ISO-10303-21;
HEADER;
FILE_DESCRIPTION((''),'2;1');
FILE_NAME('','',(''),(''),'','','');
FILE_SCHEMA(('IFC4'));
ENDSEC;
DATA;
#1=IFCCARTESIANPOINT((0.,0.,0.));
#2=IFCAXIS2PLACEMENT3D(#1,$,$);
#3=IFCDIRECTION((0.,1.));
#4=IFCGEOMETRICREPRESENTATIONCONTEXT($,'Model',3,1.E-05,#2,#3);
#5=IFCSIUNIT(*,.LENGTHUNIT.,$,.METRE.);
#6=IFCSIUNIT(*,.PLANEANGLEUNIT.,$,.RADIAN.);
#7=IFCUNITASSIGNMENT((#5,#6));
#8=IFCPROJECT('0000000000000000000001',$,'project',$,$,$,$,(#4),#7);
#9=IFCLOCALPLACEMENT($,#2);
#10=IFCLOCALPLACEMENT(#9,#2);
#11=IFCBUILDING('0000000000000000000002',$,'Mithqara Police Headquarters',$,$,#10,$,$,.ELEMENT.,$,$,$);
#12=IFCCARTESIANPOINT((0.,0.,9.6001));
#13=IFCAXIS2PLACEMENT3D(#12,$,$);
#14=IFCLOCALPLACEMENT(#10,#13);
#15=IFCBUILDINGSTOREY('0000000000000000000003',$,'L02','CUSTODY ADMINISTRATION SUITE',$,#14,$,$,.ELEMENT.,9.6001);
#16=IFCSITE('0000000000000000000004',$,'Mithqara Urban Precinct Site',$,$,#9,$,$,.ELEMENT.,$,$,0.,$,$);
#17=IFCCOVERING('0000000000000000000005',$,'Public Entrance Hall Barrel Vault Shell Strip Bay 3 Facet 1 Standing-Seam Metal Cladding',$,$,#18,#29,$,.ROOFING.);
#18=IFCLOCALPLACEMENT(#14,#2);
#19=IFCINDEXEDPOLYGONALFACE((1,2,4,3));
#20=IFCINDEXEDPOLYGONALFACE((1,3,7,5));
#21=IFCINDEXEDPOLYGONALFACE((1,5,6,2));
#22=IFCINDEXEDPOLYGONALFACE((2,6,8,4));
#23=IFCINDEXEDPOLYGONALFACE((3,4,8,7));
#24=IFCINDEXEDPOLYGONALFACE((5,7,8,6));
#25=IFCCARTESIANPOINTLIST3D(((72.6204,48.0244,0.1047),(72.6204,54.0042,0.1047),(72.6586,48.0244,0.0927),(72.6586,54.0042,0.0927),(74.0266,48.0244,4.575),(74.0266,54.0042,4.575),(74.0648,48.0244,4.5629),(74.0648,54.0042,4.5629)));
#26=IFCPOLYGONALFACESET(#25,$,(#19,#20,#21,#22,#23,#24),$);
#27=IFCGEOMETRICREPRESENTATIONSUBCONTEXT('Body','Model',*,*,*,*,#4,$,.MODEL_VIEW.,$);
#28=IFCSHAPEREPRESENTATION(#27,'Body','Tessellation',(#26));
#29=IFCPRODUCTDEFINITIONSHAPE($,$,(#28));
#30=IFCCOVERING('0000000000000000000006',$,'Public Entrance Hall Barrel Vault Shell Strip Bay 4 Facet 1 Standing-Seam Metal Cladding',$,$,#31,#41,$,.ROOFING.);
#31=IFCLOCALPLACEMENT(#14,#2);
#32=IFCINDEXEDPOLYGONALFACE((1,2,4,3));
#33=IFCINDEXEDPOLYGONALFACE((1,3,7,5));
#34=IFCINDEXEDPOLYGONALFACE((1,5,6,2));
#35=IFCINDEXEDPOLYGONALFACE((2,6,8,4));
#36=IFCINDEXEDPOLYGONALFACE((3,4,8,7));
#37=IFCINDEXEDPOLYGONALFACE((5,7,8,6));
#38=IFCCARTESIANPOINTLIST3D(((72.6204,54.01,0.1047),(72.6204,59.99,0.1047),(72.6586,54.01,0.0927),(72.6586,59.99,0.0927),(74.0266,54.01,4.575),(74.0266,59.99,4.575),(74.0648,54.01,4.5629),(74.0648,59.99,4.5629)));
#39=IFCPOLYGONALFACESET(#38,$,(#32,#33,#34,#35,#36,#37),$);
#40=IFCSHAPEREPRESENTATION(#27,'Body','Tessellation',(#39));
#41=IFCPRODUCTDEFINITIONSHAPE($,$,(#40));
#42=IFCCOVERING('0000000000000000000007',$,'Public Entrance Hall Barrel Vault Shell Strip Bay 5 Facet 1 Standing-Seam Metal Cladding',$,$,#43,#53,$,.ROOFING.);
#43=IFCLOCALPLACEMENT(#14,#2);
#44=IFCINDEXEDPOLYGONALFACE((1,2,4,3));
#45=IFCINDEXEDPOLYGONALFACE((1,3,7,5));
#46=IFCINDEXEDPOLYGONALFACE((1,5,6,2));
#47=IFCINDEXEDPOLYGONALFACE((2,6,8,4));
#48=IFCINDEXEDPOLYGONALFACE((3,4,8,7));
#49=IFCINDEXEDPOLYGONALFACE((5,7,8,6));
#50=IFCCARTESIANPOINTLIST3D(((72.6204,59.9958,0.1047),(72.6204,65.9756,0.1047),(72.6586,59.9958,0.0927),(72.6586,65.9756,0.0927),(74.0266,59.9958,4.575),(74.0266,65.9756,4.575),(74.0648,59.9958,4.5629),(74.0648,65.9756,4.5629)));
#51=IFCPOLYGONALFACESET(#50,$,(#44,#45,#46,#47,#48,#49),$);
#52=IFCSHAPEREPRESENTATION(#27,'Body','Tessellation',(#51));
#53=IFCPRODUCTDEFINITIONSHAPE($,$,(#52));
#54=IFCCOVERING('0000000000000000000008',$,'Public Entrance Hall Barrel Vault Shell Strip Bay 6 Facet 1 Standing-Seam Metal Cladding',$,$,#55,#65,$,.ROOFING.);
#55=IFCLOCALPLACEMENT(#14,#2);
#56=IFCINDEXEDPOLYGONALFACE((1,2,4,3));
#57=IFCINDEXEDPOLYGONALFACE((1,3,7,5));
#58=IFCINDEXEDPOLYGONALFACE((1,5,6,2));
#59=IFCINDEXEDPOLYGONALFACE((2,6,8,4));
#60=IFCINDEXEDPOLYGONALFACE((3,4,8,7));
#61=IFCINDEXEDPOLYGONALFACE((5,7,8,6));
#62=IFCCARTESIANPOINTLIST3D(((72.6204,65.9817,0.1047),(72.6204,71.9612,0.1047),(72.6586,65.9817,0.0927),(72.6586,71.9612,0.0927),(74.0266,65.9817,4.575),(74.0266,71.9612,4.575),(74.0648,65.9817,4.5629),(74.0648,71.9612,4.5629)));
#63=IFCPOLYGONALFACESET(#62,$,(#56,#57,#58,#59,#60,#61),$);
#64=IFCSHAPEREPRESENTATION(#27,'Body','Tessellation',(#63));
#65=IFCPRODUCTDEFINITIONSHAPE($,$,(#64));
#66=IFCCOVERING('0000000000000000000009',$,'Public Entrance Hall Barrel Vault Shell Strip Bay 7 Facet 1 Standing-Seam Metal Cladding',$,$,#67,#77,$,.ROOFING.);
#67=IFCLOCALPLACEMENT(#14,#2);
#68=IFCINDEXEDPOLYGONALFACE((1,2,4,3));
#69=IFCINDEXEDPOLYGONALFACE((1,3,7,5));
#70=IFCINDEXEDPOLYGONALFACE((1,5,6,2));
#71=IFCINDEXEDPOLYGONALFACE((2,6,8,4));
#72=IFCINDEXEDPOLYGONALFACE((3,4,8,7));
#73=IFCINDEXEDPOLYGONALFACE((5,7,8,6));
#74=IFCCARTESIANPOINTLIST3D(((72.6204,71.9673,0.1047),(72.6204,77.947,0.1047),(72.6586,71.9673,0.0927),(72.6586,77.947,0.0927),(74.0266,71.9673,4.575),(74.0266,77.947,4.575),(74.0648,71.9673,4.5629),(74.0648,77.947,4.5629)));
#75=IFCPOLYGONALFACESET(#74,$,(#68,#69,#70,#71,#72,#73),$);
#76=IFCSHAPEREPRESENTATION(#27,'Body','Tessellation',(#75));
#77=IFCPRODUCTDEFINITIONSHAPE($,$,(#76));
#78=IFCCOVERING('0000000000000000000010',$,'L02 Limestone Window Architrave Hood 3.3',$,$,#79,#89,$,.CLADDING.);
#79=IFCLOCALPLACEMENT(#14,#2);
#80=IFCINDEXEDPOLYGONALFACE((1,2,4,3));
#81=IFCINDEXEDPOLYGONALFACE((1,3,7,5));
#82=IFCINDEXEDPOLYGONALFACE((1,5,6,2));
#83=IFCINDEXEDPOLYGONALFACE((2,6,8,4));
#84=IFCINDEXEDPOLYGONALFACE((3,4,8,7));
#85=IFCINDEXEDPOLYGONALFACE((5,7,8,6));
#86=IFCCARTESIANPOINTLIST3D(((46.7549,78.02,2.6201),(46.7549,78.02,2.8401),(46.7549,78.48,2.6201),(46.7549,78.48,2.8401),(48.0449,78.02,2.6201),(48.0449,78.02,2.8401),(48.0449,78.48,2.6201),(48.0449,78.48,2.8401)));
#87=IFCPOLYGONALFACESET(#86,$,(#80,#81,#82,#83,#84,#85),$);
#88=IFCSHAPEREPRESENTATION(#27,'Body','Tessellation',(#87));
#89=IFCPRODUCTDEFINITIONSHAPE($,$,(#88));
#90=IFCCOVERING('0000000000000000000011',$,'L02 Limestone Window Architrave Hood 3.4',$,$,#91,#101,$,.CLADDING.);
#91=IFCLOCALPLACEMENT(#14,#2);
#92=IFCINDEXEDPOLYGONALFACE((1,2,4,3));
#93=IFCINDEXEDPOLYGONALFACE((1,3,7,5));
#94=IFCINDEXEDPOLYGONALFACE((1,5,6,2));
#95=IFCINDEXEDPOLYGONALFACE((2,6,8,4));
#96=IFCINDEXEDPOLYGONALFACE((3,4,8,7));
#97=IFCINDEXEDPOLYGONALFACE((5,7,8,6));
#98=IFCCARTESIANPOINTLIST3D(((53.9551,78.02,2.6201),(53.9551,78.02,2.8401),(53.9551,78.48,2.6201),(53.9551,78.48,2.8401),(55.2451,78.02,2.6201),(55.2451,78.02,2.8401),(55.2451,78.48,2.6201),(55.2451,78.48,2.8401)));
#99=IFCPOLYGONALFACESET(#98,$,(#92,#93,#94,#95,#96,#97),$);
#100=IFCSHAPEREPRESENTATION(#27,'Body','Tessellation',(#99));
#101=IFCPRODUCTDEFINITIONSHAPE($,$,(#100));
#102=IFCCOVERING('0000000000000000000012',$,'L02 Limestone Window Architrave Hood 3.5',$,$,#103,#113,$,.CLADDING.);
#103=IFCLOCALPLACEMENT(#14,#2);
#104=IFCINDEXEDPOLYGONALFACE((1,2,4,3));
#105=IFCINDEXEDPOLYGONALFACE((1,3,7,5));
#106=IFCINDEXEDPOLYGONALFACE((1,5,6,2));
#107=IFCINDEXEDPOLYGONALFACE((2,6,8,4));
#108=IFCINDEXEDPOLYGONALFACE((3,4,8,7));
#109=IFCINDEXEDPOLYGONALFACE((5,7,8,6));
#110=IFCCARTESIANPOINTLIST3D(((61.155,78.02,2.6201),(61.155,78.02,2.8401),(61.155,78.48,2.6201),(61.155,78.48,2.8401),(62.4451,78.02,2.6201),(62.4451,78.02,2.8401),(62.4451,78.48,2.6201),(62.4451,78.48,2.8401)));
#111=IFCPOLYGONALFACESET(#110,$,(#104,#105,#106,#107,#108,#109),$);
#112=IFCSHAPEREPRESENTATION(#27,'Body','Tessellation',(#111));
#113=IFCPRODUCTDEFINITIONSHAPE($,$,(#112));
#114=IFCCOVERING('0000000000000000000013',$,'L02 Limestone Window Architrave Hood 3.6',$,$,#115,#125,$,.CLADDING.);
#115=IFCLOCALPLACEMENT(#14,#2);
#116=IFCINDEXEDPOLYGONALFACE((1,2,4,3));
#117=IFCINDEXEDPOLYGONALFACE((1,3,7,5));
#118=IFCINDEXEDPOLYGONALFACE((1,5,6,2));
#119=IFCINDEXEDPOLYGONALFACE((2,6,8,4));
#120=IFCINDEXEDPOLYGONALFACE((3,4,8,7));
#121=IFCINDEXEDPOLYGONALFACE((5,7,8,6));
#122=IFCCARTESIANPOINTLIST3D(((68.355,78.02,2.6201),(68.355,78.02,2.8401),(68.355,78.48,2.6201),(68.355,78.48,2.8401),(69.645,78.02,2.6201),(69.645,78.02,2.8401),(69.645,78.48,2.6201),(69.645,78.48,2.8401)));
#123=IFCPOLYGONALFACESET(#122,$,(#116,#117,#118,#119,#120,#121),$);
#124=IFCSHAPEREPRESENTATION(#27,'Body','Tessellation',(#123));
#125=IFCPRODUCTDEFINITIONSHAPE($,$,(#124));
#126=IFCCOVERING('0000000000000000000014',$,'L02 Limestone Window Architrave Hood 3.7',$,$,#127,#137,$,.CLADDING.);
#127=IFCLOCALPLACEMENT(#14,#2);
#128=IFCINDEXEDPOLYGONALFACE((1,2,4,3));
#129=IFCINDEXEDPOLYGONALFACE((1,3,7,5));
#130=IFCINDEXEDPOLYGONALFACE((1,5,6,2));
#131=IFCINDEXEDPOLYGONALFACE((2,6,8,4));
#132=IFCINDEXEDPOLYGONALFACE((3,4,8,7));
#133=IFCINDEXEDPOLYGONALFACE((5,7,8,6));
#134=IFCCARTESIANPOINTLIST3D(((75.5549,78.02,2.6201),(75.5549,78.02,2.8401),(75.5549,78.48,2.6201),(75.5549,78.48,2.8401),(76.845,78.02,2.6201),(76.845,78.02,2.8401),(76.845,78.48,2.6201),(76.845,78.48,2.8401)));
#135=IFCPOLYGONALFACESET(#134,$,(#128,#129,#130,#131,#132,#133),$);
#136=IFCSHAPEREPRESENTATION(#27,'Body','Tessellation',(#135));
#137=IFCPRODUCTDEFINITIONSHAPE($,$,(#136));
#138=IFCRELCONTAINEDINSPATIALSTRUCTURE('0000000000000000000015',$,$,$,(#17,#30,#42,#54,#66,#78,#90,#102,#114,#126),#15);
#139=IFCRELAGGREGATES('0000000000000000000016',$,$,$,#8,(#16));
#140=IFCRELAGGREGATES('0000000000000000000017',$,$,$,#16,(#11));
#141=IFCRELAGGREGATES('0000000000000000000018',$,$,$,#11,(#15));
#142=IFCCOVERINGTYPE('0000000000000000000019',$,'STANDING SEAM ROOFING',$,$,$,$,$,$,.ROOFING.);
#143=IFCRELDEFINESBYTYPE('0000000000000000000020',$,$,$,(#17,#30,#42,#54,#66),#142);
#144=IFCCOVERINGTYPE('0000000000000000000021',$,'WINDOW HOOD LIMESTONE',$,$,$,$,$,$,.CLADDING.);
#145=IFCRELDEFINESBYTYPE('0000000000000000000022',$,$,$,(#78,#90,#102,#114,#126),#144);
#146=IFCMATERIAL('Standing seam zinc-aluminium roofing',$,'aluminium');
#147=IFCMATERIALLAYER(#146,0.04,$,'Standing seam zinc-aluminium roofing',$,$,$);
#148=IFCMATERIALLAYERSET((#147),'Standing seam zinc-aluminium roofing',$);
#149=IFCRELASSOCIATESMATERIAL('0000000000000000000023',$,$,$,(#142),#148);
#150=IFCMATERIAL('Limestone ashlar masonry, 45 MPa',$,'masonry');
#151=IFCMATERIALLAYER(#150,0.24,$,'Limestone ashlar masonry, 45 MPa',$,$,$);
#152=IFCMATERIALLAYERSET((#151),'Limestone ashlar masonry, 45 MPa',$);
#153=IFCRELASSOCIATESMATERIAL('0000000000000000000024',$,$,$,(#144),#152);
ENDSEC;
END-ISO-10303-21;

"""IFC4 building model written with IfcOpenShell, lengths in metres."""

from ifc_helpers import new_model, si_unit, direction, frame, origin, origin_2d, place, context, subcontext, project, spatial, polyline, rectangle, outline, extrude, material, layer, layer_set, type_object, element, save


model = new_model("IFC4")

# Units and contexts
model_context = context("Model", 3, precision=1e-05, world=origin(), true_north=direction((0.0, 1.0)))
body_context = subcontext(model_context, "Body", "Model", "MODEL_VIEW")
ifc_project = project(units=[si_unit("LENGTHUNIT", "METRE"), si_unit("PLANEANGLEUNIT", "RADIAN")], contexts=[model_context])

# Site, building, storey
site_placement = place(None, origin())
site = spatial("IfcSite", under=ifc_project, at=site_placement, Name="Mithqara Urban Precinct Site", CompositionType="ELEMENT", RefElevation=0.0)
building_placement = place(site_placement, origin())
building = spatial("IfcBuilding", under=site, at=building_placement, Name="Mithqara Police Headquarters", CompositionType="ELEMENT")
storey_placement = place(building_placement, frame((0.0, 0.0, 9.6001)))
storey = spatial("IfcBuildingStorey", under=building, at=storey_placement, Name="L02", Description="CUSTODY ADMINISTRATION SUITE", CompositionType="ELEMENT", Elevation=9.6001)

# Coverings
ifc_material_1 = material(Name="Standing seam zinc-aluminium roofing", Category="aluminium")
ifc_layer_1 = layer(ifc_material_1, 0.04, Name="Standing seam zinc-aluminium roofing")
ifc_layer_set_1 = layer_set([ifc_layer_1], Name="Standing seam zinc-aluminium roofing")
covering_type_1 = type_object("IfcCoveringType", Name="STANDING SEAM ROOFING", PredefinedType="ROOFING", material=ifc_layer_set_1)
covering_1_placement = place(storey_placement, frame((72.6204, 48.0244, 0.1047), z_axis=(-0.953913, 0.0, 0.300084), x_axis=(0.300084, 0.0, 0.953913)))
element("IfcCovering", 1, at=covering_1_placement, inside=storey, type_object=covering_type_1, Name="Public Entrance Hall Barrel Vault Shell Strip Bay 3 Facet 1 Standing-Seam Metal Cladding", PredefinedType="ROOFING", context=body_context, shape_type="SweptSolid", body=[
    extrude(outline(polyline([(0.0, 0.0), (4.6862, 0.0), (4.6862, 5.9797), (0.0, 5.9797), (0.0, 0.0)])), origin(), (0.0, 0.0, -1.0), 0.04),
])
covering_2_placement = place(storey_placement, frame((72.6204, 54.01, 0.1047), z_axis=(-0.953913, 0.0, 0.300084), x_axis=(0.300084, 0.0, 0.953913)))
element("IfcCovering", 2, at=covering_2_placement, inside=storey, type_object=covering_type_1, Name="Public Entrance Hall Barrel Vault Shell Strip Bay 4 Facet 1 Standing-Seam Metal Cladding", PredefinedType="ROOFING", context=body_context, shape_type="SweptSolid", body=[
    extrude(outline(polyline([(0.0, 0.0), (4.6862, 0.0), (4.6862, 5.98), (0.0, 5.98), (0.0, 0.0)])), origin(), (0.0, 0.0, -1.0), 0.04),
])
covering_3_placement = place(storey_placement, frame((72.6204, 59.9958, 0.1047), z_axis=(-0.953913, 0.0, 0.300084), x_axis=(0.300084, 0.0, 0.953913)))
element("IfcCovering", 3, at=covering_3_placement, inside=storey, type_object=covering_type_1, Name="Public Entrance Hall Barrel Vault Shell Strip Bay 5 Facet 1 Standing-Seam Metal Cladding", PredefinedType="ROOFING", context=body_context, shape_type="SweptSolid", body=[
    extrude(outline(polyline([(0.0, 0.0), (4.6862, 0.0), (4.6862, 5.9797), (0.0, 5.9797), (0.0, 0.0)])), origin(), (0.0, 0.0, -1.0), 0.04),
])
covering_4_placement = place(storey_placement, frame((72.6204, 65.9817, 0.1047), z_axis=(-0.953913, 0.0, 0.300084), x_axis=(0.300084, 0.0, 0.953913)))
element("IfcCovering", 4, at=covering_4_placement, inside=storey, type_object=covering_type_1, Name="Public Entrance Hall Barrel Vault Shell Strip Bay 6 Facet 1 Standing-Seam Metal Cladding", PredefinedType="ROOFING", context=body_context, shape_type="SweptSolid", body=[
    extrude(outline(polyline([(0.0, 0.0), (4.6862, 0.0), (4.6862, 5.9795), (0.0, 5.9795), (0.0, 0.0)])), origin(), (0.0, 0.0, -1.0), 0.04),
])
covering_5_placement = place(storey_placement, frame((72.6204, 71.9673, 0.1047), z_axis=(-0.953913, 0.0, 0.300084), x_axis=(0.300084, 0.0, 0.953913)))
element("IfcCovering", 5, at=covering_5_placement, inside=storey, type_object=covering_type_1, Name="Public Entrance Hall Barrel Vault Shell Strip Bay 7 Facet 1 Standing-Seam Metal Cladding", PredefinedType="ROOFING", context=body_context, shape_type="SweptSolid", body=[
    extrude(outline(polyline([(0.0, 0.0), (4.6862, 0.0), (4.6862, 5.9797), (0.0, 5.9797), (0.0, 0.0)])), origin(), (0.0, 0.0, -1.0), 0.04),
])
ifc_material_2 = material(Name="Limestone ashlar masonry, 45 MPa", Category="masonry")
ifc_layer_2 = layer(ifc_material_2, 0.24, Name="Limestone ashlar masonry, 45 MPa")
ifc_layer_set_2 = layer_set([ifc_layer_2], Name="Limestone ashlar masonry, 45 MPa")
covering_type_2 = type_object("IfcCoveringType", Name="WINDOW HOOD LIMESTONE", PredefinedType="CLADDING", material=ifc_layer_set_2)
for number, where, z_axis, x_axis, name in (
    (6, (47.3999, 78.25, 2.6201), (0.0, 0.0, 1.0), (1.0, 0.0, 0.0), "L02 Limestone Window Architrave Hood 3.3"),
    (7, (54.6001, 78.25, 2.6201), (0.0, 0.0, 1.0), (1.0, 0.0, 0.0), "L02 Limestone Window Architrave Hood 3.4"),
    (8, (61.8, 78.25, 2.6201), (0.0, 0.0, 1.0), (1.0, 0.0, 0.0), "L02 Limestone Window Architrave Hood 3.5"),
    (9, (69.0, 78.25, 2.6201), (0.0, 0.0, 1.0), (1.0, 0.0, 0.0), "L02 Limestone Window Architrave Hood 3.6"),
    (10, (76.2, 78.25, 2.6201), (0.0, 0.0, 1.0), (1.0, 0.0, 0.0), "L02 Limestone Window Architrave Hood 3.7"),
):
    element("IfcCovering", number, at=place(storey_placement, frame(where, z_axis=z_axis, x_axis=x_axis)), inside=storey, type_object=covering_type_2, Name=name, PredefinedType="CLADDING", context=body_context, shape_type="SweptSolid", body=[
        extrude(rectangle(XDim=1.29, YDim=0.46, at=origin_2d()), origin(), (0.0, 0.0, 1.0), 0.22),
    ])

save(model, "model.ifc")
